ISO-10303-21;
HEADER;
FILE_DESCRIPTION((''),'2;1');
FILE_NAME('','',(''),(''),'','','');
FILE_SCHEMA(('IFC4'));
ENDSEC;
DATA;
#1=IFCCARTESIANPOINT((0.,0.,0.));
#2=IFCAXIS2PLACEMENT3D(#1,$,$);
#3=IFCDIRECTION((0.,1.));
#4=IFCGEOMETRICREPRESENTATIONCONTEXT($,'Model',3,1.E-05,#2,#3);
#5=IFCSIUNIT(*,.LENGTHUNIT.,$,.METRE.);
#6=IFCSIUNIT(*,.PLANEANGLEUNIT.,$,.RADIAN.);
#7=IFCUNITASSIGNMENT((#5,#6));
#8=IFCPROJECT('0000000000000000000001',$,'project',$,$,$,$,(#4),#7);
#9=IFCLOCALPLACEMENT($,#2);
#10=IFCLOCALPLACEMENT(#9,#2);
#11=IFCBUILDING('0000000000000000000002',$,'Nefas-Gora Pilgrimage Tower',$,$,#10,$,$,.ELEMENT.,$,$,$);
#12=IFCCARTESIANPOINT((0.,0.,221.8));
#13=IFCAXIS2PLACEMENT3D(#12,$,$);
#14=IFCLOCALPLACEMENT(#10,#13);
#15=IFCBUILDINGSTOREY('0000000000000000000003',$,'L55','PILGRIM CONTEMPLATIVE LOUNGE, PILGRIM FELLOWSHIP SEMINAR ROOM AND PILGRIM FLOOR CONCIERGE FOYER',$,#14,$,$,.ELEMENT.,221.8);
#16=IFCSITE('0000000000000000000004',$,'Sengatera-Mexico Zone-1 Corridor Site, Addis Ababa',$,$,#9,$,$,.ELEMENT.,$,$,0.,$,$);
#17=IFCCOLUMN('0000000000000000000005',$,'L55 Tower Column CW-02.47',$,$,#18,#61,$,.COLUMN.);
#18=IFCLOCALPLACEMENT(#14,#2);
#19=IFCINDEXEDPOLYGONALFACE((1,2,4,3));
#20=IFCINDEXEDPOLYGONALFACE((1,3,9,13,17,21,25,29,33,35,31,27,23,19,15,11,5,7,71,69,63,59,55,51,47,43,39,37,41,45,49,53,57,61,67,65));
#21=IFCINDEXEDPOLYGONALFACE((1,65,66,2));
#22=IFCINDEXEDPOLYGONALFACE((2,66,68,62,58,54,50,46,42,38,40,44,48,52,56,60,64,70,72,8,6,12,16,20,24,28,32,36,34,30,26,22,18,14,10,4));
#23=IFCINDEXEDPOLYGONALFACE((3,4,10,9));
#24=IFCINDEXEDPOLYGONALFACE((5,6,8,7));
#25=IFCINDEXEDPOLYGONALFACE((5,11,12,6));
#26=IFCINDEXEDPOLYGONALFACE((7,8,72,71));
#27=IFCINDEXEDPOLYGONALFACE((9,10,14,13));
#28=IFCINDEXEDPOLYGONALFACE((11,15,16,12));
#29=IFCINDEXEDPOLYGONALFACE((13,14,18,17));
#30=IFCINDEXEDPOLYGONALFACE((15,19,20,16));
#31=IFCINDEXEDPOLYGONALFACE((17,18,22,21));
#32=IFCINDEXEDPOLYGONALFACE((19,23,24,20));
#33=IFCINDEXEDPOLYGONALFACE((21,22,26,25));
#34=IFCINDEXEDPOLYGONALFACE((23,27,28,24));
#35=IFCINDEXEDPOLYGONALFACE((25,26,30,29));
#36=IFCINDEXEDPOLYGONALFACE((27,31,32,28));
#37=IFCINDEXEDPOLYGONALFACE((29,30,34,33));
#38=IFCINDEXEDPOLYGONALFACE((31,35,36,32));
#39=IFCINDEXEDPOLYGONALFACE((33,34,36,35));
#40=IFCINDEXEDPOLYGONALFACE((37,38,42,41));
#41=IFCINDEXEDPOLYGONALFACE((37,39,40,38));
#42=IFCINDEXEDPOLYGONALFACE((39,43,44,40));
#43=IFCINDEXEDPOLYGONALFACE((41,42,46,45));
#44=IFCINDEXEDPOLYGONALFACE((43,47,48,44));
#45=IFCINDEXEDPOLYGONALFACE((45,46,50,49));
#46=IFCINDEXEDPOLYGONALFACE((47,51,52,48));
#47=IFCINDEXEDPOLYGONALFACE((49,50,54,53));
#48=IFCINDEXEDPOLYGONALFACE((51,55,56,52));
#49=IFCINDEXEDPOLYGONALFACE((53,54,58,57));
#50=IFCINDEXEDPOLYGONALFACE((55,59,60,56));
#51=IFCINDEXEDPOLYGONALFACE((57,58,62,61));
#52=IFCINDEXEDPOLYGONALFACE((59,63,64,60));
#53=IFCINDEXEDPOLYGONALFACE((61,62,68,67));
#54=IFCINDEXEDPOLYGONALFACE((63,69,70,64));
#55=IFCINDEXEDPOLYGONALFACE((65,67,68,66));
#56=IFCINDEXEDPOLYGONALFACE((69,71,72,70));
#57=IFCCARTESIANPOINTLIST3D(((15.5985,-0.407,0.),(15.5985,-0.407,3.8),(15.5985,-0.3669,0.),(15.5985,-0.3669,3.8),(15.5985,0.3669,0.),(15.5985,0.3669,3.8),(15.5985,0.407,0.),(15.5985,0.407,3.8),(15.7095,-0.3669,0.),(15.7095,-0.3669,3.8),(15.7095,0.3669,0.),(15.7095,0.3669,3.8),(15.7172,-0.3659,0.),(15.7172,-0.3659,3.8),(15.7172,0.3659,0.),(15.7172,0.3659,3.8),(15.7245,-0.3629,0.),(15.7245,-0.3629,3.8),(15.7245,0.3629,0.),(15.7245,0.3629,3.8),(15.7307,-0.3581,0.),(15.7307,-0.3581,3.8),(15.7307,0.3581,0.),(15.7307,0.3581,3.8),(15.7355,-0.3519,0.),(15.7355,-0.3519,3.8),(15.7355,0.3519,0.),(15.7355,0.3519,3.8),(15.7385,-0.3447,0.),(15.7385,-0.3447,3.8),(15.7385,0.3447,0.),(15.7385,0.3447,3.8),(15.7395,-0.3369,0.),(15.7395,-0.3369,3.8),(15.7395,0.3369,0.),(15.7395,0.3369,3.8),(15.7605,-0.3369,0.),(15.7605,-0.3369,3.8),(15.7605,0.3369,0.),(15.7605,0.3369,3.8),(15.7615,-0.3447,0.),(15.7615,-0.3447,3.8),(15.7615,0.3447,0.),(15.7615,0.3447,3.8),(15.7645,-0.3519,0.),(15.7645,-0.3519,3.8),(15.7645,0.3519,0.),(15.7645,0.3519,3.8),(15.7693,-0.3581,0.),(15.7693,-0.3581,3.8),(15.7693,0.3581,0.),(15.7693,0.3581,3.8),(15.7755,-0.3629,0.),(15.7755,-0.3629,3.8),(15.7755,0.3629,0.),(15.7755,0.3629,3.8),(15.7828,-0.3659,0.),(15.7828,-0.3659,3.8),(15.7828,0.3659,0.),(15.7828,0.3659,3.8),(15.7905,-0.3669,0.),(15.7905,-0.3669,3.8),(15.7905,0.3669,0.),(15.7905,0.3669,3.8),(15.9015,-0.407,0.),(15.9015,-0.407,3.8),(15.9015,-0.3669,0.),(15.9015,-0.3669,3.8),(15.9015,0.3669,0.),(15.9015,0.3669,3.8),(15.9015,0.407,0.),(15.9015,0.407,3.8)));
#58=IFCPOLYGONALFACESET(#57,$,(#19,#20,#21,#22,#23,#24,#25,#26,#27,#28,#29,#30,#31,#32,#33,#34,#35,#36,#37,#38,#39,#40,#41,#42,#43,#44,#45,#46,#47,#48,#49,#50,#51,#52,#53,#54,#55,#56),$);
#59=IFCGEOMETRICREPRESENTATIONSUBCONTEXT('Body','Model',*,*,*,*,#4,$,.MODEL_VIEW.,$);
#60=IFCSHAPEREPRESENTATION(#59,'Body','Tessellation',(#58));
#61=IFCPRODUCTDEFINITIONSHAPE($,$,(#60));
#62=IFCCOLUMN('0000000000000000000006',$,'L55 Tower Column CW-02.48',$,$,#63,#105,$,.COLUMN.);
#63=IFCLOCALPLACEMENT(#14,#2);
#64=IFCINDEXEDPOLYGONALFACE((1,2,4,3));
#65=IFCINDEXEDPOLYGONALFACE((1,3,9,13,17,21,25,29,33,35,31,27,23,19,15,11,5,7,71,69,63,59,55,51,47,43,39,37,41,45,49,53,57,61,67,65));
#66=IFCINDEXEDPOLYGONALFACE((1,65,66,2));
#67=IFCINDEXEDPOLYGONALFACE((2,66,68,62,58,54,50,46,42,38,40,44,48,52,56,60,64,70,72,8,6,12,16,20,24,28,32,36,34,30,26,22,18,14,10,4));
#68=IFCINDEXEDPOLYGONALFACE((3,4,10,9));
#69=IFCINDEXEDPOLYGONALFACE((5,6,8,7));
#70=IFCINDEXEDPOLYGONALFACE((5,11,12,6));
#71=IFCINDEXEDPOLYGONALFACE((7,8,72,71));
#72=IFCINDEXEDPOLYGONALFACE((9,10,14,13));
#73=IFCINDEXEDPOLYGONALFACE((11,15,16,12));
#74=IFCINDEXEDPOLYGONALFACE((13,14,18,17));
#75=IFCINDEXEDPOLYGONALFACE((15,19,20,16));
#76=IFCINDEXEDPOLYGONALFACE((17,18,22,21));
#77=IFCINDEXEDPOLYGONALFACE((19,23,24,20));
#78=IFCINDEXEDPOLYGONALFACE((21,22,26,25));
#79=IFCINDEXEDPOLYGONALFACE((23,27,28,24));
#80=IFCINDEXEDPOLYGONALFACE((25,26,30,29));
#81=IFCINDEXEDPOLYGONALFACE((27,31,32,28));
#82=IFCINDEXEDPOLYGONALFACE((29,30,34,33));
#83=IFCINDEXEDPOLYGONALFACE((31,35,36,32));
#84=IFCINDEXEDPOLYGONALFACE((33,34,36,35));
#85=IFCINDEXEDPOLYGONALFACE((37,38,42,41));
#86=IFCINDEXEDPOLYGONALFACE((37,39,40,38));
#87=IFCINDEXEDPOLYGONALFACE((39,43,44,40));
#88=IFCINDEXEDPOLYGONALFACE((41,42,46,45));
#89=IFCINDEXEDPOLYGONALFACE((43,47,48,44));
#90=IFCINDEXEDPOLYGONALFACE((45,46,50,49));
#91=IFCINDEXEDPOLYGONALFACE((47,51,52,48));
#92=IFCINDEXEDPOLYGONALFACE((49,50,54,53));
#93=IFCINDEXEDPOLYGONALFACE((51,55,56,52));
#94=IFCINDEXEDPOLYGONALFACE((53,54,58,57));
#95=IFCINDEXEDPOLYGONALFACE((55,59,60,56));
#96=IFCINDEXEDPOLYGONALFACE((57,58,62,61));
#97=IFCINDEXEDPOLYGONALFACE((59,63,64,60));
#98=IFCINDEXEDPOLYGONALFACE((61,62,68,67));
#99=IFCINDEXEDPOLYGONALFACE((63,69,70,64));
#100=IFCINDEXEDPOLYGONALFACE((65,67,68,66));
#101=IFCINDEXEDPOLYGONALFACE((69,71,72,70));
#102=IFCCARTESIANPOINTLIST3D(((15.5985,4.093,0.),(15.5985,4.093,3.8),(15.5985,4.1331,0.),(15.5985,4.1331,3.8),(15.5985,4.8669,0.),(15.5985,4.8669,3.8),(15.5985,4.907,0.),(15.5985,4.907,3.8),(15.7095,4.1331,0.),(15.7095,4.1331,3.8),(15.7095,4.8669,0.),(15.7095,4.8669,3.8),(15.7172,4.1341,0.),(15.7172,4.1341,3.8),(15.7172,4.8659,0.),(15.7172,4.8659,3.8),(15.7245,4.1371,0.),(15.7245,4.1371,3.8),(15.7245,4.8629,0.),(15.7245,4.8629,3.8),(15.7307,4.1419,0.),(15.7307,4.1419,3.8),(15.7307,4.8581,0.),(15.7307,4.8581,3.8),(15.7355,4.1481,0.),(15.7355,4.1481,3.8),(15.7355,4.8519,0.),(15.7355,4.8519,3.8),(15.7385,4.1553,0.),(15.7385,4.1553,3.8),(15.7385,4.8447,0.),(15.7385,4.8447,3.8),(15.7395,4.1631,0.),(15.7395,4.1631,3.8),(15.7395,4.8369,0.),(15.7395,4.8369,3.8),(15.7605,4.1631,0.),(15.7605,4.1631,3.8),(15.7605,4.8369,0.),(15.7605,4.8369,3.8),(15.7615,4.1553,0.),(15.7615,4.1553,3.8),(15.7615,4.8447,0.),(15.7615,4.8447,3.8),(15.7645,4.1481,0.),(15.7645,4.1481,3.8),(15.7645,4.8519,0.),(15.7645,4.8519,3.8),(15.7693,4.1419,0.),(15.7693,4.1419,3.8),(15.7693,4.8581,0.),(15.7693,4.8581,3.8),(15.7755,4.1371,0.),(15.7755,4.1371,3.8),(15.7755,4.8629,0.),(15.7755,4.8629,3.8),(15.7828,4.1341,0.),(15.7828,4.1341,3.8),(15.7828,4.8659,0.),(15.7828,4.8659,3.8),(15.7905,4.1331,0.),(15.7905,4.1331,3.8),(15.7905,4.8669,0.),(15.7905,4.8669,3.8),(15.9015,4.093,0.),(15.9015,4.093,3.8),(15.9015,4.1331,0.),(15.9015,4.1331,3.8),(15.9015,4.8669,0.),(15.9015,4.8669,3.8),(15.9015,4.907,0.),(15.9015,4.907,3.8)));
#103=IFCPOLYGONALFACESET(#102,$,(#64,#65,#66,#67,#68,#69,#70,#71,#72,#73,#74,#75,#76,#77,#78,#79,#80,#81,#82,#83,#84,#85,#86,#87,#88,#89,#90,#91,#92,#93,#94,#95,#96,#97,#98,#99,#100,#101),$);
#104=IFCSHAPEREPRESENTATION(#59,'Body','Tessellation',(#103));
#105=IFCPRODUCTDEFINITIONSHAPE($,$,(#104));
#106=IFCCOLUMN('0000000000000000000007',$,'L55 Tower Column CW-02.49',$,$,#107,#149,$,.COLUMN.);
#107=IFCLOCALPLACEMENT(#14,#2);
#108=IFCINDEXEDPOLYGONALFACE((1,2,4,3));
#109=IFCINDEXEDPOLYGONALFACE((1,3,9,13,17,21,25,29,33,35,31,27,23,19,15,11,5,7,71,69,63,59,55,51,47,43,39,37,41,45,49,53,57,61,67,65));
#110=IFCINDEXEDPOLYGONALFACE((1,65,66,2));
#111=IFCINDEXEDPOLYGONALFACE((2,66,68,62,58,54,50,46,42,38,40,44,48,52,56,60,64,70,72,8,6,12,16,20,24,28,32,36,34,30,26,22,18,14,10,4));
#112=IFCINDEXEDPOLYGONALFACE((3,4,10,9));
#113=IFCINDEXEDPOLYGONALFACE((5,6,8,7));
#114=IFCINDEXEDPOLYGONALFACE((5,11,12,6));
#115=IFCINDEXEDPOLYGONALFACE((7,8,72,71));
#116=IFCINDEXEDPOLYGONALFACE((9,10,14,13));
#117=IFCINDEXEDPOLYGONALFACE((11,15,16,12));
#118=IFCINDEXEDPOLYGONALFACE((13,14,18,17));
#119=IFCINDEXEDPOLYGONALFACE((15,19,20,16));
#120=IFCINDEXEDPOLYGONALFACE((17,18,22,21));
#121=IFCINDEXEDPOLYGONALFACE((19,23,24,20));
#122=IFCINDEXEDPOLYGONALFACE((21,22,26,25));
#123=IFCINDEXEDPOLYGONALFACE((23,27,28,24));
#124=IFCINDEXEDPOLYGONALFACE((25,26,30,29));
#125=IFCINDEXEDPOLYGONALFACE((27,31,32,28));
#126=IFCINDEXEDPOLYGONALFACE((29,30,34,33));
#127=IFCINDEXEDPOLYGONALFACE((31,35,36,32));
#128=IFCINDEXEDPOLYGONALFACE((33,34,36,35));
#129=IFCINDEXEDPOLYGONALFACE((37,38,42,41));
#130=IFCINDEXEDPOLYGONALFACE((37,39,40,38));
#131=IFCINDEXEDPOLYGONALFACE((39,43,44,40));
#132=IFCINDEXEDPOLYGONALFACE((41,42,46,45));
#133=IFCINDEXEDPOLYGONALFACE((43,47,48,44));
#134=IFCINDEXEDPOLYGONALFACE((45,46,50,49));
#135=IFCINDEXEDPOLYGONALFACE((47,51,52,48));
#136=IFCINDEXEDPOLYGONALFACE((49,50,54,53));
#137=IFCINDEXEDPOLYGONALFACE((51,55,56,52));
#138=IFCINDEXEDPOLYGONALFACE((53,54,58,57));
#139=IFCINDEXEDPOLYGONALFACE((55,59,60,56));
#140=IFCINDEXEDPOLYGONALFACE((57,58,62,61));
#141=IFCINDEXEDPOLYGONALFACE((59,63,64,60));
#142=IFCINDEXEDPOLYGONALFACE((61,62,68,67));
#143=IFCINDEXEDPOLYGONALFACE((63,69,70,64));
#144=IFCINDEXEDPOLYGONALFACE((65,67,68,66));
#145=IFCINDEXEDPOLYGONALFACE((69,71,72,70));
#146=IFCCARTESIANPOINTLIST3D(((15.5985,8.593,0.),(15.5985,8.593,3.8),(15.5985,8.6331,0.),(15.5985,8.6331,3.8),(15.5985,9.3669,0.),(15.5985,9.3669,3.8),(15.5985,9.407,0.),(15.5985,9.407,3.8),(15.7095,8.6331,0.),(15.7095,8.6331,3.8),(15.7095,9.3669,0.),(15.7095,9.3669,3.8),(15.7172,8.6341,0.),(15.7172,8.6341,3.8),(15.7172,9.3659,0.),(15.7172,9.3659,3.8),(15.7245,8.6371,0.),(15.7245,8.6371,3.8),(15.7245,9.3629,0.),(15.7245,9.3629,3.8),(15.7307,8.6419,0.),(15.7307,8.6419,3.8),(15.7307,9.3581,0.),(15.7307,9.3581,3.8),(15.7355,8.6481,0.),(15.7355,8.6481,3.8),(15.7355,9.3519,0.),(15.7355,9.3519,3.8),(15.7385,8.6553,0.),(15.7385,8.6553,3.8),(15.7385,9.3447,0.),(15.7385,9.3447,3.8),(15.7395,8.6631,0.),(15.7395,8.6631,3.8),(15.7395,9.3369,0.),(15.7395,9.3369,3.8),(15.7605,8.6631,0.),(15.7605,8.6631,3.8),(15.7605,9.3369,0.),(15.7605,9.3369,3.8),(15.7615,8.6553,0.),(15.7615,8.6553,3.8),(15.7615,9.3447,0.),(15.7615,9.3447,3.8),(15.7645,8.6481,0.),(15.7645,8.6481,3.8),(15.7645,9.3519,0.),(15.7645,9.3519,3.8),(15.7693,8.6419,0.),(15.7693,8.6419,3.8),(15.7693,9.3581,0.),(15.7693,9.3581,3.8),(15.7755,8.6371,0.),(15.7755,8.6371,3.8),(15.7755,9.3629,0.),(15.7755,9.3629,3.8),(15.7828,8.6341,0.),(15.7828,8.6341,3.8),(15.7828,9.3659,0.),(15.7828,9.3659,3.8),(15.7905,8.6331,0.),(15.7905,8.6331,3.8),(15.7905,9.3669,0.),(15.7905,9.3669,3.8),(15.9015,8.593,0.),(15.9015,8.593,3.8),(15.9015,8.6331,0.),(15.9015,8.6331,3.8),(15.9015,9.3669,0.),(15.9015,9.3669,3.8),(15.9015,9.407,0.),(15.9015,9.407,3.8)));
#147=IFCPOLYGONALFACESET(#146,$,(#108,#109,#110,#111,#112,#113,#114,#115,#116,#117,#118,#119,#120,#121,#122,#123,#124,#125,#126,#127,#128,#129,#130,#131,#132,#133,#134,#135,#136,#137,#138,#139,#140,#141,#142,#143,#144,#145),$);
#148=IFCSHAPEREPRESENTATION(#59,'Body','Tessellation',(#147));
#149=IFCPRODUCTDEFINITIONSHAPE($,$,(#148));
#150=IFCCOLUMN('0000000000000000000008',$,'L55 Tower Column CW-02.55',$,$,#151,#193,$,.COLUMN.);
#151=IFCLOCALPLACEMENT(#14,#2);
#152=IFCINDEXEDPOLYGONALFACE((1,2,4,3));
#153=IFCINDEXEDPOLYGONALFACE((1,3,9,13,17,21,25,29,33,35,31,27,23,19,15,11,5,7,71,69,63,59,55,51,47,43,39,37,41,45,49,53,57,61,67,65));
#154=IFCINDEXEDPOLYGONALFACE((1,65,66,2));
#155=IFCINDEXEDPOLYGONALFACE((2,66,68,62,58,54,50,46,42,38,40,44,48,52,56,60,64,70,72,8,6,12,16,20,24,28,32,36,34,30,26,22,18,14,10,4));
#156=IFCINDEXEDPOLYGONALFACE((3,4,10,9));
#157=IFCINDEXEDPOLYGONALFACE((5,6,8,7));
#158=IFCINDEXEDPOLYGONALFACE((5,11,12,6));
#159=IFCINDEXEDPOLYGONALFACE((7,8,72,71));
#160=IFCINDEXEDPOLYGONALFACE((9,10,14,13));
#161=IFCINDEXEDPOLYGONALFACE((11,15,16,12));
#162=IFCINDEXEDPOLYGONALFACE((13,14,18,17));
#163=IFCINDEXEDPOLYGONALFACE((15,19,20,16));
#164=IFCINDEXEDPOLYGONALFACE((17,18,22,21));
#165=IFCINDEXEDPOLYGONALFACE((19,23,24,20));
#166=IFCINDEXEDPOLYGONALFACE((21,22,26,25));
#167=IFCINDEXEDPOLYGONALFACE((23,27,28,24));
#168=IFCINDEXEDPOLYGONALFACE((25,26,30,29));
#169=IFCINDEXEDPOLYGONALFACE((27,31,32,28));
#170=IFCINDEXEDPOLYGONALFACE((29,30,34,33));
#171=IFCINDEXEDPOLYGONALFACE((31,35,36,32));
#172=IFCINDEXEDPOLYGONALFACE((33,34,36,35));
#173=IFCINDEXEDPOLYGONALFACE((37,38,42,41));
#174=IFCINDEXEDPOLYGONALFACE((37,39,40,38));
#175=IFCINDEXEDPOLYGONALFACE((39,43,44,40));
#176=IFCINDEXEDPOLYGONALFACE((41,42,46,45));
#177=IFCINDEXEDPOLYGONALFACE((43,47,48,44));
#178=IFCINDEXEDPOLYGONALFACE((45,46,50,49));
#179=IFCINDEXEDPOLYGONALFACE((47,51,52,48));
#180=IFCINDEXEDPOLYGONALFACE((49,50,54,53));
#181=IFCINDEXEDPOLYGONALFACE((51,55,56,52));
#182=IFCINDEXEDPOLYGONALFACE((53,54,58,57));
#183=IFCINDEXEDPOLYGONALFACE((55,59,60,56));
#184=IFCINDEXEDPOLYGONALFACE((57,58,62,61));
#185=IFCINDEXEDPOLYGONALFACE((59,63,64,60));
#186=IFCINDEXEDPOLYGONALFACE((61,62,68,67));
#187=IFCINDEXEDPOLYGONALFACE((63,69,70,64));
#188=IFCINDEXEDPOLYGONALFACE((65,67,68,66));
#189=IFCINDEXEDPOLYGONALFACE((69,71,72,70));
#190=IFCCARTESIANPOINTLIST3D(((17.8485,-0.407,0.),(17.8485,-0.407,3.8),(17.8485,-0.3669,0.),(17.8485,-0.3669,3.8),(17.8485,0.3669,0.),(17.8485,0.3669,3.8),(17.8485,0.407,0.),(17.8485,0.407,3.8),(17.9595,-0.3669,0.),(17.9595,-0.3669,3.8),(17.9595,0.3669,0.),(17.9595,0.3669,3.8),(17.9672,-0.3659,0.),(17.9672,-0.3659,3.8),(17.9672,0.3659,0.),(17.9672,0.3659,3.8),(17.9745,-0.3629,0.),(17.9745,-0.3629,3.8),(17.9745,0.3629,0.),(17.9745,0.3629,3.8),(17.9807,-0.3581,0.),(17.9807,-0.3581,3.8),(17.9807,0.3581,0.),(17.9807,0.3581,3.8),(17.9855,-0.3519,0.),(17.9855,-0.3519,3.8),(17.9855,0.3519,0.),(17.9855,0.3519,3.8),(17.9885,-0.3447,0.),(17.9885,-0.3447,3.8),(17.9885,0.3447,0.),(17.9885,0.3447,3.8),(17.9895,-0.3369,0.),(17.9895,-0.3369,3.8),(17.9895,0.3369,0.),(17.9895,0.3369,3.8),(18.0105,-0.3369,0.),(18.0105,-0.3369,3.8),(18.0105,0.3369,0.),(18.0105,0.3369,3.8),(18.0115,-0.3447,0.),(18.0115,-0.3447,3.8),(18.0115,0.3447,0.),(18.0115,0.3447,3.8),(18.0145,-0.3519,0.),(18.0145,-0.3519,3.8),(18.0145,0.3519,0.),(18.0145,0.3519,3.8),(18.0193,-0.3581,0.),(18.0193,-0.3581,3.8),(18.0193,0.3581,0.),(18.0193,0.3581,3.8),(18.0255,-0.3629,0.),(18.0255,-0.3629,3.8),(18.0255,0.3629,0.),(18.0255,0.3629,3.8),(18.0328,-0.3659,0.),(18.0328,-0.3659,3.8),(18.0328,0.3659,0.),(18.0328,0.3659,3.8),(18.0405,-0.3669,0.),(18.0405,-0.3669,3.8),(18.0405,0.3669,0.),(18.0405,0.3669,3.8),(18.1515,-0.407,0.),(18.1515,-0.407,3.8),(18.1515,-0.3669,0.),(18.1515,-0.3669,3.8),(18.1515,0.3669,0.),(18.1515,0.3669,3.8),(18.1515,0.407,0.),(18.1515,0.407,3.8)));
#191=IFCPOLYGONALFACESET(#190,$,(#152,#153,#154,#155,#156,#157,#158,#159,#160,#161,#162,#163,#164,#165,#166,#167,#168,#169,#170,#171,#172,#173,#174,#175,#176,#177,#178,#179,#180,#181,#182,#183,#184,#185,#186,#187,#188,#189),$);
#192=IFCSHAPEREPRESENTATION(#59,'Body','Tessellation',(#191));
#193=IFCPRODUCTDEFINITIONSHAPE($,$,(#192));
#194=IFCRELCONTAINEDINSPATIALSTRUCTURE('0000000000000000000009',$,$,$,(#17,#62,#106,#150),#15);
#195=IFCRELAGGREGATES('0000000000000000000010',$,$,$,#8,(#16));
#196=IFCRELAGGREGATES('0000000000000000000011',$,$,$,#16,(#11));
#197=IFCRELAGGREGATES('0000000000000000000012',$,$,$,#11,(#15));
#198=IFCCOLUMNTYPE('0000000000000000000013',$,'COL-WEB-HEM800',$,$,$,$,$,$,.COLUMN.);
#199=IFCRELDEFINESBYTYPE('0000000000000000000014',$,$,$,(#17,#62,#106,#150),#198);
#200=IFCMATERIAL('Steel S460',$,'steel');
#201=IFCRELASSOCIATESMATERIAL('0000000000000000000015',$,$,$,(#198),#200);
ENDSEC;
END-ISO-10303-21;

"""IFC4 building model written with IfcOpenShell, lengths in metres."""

from ifc_helpers import new_model, si_unit, direction, frame, origin, origin_2d, place, context, subcontext, project, spatial, i_section, extrude, source, transform, mapped, material, material_profile, profile_set, type_object, element, save


model = new_model("IFC4")

# Units and contexts
model_context = context("Model", 3, precision=1e-05, world=origin(), true_north=direction((0.0, 1.0)))
body_context = subcontext(model_context, "Body", "Model", "MODEL_VIEW")
ifc_project = project(units=[si_unit("LENGTHUNIT", "METRE"), si_unit("PLANEANGLEUNIT", "RADIAN")], contexts=[model_context])

# Site, building, storey
site_placement = place(None, origin())
site = spatial("IfcSite", under=ifc_project, at=site_placement, Name="Sengatera-Mexico Zone-1 Corridor Site, Addis Ababa", CompositionType="ELEMENT", RefElevation=0.0)
building_placement = place(site_placement, origin())
building = spatial("IfcBuilding", under=site, at=building_placement, Name="Nefas-Gora Pilgrimage Tower", CompositionType="ELEMENT")
storey_placement = place(building_placement, frame((0.0, 0.0, 221.8)))
storey = spatial("IfcBuildingStorey", under=building, at=storey_placement, Name="L55", Description="PILGRIM CONTEMPLATIVE LOUNGE, PILGRIM FELLOWSHIP SEMINAR ROOM AND PILGRIM FLOOR CONCIERGE FOYER", CompositionType="ELEMENT", Elevation=221.8)

# Columns
ifc_material_1 = material(Name="Steel S460", Category="steel")
ifc_material_profile_1 = material_profile(ifc_material_1, i_section(OverallWidth=0.303, OverallDepth=0.814, WebThickness=0.021, FlangeThickness=0.04, FilletRadius=0.03, at=origin_2d()), Name="HEM 800")
ifc_profile_set_1 = profile_set([ifc_material_profile_1], Name="Steel S460")
column_type_1 = type_object("IfcColumnType", Name="COL-WEB-HEM800", PredefinedType="COLUMN", material=ifc_profile_set_1)
shared_shape_1 = source(origin(), body_context, "Body", "SweptSolid", [
    extrude(i_section(OverallWidth=0.303, OverallDepth=0.814, WebThickness=0.021, FlangeThickness=0.04, FilletRadius=0.03, at=origin_2d()), origin(), (0.0, 0.0, 1.0), 3.8),
])
for number, where, z_axis, x_axis, name in (
    (1, (15.75, 0.0, 0.0), (0.0, 0.0, 1.0), (1.0, 0.0, 0.0), "L55 Tower Column CW-02.47"),
    (2, (15.75, 4.5, 0.0), (0.0, 0.0, 1.0), (1.0, 0.0, 0.0), "L55 Tower Column CW-02.48"),
    (3, (15.75, 9.0, 0.0), (0.0, 0.0, 1.0), (1.0, 0.0, 0.0), "L55 Tower Column CW-02.49"),
    (4, (18.0, 0.0, 0.0), (0.0, 0.0, 1.0), (1.0, 0.0, 0.0), "L55 Tower Column CW-02.55"),
):
    element("IfcColumn", number, at=place(storey_placement, frame(where, z_axis=z_axis, x_axis=x_axis)), inside=storey, type_object=column_type_1, Name=name, PredefinedType="COLUMN", context=body_context, shape_type="MappedRepresentation", body=[
        mapped(shared_shape_1, transform((0.0, 0.0, 0.0), x_axis=(1.0, 0.0, 0.0), y_axis=(0.0, 1.0, 0.0), z_axis=(0.0, 0.0, 1.0), scale=1.0)),
    ])

save(model, "model.ifc")
